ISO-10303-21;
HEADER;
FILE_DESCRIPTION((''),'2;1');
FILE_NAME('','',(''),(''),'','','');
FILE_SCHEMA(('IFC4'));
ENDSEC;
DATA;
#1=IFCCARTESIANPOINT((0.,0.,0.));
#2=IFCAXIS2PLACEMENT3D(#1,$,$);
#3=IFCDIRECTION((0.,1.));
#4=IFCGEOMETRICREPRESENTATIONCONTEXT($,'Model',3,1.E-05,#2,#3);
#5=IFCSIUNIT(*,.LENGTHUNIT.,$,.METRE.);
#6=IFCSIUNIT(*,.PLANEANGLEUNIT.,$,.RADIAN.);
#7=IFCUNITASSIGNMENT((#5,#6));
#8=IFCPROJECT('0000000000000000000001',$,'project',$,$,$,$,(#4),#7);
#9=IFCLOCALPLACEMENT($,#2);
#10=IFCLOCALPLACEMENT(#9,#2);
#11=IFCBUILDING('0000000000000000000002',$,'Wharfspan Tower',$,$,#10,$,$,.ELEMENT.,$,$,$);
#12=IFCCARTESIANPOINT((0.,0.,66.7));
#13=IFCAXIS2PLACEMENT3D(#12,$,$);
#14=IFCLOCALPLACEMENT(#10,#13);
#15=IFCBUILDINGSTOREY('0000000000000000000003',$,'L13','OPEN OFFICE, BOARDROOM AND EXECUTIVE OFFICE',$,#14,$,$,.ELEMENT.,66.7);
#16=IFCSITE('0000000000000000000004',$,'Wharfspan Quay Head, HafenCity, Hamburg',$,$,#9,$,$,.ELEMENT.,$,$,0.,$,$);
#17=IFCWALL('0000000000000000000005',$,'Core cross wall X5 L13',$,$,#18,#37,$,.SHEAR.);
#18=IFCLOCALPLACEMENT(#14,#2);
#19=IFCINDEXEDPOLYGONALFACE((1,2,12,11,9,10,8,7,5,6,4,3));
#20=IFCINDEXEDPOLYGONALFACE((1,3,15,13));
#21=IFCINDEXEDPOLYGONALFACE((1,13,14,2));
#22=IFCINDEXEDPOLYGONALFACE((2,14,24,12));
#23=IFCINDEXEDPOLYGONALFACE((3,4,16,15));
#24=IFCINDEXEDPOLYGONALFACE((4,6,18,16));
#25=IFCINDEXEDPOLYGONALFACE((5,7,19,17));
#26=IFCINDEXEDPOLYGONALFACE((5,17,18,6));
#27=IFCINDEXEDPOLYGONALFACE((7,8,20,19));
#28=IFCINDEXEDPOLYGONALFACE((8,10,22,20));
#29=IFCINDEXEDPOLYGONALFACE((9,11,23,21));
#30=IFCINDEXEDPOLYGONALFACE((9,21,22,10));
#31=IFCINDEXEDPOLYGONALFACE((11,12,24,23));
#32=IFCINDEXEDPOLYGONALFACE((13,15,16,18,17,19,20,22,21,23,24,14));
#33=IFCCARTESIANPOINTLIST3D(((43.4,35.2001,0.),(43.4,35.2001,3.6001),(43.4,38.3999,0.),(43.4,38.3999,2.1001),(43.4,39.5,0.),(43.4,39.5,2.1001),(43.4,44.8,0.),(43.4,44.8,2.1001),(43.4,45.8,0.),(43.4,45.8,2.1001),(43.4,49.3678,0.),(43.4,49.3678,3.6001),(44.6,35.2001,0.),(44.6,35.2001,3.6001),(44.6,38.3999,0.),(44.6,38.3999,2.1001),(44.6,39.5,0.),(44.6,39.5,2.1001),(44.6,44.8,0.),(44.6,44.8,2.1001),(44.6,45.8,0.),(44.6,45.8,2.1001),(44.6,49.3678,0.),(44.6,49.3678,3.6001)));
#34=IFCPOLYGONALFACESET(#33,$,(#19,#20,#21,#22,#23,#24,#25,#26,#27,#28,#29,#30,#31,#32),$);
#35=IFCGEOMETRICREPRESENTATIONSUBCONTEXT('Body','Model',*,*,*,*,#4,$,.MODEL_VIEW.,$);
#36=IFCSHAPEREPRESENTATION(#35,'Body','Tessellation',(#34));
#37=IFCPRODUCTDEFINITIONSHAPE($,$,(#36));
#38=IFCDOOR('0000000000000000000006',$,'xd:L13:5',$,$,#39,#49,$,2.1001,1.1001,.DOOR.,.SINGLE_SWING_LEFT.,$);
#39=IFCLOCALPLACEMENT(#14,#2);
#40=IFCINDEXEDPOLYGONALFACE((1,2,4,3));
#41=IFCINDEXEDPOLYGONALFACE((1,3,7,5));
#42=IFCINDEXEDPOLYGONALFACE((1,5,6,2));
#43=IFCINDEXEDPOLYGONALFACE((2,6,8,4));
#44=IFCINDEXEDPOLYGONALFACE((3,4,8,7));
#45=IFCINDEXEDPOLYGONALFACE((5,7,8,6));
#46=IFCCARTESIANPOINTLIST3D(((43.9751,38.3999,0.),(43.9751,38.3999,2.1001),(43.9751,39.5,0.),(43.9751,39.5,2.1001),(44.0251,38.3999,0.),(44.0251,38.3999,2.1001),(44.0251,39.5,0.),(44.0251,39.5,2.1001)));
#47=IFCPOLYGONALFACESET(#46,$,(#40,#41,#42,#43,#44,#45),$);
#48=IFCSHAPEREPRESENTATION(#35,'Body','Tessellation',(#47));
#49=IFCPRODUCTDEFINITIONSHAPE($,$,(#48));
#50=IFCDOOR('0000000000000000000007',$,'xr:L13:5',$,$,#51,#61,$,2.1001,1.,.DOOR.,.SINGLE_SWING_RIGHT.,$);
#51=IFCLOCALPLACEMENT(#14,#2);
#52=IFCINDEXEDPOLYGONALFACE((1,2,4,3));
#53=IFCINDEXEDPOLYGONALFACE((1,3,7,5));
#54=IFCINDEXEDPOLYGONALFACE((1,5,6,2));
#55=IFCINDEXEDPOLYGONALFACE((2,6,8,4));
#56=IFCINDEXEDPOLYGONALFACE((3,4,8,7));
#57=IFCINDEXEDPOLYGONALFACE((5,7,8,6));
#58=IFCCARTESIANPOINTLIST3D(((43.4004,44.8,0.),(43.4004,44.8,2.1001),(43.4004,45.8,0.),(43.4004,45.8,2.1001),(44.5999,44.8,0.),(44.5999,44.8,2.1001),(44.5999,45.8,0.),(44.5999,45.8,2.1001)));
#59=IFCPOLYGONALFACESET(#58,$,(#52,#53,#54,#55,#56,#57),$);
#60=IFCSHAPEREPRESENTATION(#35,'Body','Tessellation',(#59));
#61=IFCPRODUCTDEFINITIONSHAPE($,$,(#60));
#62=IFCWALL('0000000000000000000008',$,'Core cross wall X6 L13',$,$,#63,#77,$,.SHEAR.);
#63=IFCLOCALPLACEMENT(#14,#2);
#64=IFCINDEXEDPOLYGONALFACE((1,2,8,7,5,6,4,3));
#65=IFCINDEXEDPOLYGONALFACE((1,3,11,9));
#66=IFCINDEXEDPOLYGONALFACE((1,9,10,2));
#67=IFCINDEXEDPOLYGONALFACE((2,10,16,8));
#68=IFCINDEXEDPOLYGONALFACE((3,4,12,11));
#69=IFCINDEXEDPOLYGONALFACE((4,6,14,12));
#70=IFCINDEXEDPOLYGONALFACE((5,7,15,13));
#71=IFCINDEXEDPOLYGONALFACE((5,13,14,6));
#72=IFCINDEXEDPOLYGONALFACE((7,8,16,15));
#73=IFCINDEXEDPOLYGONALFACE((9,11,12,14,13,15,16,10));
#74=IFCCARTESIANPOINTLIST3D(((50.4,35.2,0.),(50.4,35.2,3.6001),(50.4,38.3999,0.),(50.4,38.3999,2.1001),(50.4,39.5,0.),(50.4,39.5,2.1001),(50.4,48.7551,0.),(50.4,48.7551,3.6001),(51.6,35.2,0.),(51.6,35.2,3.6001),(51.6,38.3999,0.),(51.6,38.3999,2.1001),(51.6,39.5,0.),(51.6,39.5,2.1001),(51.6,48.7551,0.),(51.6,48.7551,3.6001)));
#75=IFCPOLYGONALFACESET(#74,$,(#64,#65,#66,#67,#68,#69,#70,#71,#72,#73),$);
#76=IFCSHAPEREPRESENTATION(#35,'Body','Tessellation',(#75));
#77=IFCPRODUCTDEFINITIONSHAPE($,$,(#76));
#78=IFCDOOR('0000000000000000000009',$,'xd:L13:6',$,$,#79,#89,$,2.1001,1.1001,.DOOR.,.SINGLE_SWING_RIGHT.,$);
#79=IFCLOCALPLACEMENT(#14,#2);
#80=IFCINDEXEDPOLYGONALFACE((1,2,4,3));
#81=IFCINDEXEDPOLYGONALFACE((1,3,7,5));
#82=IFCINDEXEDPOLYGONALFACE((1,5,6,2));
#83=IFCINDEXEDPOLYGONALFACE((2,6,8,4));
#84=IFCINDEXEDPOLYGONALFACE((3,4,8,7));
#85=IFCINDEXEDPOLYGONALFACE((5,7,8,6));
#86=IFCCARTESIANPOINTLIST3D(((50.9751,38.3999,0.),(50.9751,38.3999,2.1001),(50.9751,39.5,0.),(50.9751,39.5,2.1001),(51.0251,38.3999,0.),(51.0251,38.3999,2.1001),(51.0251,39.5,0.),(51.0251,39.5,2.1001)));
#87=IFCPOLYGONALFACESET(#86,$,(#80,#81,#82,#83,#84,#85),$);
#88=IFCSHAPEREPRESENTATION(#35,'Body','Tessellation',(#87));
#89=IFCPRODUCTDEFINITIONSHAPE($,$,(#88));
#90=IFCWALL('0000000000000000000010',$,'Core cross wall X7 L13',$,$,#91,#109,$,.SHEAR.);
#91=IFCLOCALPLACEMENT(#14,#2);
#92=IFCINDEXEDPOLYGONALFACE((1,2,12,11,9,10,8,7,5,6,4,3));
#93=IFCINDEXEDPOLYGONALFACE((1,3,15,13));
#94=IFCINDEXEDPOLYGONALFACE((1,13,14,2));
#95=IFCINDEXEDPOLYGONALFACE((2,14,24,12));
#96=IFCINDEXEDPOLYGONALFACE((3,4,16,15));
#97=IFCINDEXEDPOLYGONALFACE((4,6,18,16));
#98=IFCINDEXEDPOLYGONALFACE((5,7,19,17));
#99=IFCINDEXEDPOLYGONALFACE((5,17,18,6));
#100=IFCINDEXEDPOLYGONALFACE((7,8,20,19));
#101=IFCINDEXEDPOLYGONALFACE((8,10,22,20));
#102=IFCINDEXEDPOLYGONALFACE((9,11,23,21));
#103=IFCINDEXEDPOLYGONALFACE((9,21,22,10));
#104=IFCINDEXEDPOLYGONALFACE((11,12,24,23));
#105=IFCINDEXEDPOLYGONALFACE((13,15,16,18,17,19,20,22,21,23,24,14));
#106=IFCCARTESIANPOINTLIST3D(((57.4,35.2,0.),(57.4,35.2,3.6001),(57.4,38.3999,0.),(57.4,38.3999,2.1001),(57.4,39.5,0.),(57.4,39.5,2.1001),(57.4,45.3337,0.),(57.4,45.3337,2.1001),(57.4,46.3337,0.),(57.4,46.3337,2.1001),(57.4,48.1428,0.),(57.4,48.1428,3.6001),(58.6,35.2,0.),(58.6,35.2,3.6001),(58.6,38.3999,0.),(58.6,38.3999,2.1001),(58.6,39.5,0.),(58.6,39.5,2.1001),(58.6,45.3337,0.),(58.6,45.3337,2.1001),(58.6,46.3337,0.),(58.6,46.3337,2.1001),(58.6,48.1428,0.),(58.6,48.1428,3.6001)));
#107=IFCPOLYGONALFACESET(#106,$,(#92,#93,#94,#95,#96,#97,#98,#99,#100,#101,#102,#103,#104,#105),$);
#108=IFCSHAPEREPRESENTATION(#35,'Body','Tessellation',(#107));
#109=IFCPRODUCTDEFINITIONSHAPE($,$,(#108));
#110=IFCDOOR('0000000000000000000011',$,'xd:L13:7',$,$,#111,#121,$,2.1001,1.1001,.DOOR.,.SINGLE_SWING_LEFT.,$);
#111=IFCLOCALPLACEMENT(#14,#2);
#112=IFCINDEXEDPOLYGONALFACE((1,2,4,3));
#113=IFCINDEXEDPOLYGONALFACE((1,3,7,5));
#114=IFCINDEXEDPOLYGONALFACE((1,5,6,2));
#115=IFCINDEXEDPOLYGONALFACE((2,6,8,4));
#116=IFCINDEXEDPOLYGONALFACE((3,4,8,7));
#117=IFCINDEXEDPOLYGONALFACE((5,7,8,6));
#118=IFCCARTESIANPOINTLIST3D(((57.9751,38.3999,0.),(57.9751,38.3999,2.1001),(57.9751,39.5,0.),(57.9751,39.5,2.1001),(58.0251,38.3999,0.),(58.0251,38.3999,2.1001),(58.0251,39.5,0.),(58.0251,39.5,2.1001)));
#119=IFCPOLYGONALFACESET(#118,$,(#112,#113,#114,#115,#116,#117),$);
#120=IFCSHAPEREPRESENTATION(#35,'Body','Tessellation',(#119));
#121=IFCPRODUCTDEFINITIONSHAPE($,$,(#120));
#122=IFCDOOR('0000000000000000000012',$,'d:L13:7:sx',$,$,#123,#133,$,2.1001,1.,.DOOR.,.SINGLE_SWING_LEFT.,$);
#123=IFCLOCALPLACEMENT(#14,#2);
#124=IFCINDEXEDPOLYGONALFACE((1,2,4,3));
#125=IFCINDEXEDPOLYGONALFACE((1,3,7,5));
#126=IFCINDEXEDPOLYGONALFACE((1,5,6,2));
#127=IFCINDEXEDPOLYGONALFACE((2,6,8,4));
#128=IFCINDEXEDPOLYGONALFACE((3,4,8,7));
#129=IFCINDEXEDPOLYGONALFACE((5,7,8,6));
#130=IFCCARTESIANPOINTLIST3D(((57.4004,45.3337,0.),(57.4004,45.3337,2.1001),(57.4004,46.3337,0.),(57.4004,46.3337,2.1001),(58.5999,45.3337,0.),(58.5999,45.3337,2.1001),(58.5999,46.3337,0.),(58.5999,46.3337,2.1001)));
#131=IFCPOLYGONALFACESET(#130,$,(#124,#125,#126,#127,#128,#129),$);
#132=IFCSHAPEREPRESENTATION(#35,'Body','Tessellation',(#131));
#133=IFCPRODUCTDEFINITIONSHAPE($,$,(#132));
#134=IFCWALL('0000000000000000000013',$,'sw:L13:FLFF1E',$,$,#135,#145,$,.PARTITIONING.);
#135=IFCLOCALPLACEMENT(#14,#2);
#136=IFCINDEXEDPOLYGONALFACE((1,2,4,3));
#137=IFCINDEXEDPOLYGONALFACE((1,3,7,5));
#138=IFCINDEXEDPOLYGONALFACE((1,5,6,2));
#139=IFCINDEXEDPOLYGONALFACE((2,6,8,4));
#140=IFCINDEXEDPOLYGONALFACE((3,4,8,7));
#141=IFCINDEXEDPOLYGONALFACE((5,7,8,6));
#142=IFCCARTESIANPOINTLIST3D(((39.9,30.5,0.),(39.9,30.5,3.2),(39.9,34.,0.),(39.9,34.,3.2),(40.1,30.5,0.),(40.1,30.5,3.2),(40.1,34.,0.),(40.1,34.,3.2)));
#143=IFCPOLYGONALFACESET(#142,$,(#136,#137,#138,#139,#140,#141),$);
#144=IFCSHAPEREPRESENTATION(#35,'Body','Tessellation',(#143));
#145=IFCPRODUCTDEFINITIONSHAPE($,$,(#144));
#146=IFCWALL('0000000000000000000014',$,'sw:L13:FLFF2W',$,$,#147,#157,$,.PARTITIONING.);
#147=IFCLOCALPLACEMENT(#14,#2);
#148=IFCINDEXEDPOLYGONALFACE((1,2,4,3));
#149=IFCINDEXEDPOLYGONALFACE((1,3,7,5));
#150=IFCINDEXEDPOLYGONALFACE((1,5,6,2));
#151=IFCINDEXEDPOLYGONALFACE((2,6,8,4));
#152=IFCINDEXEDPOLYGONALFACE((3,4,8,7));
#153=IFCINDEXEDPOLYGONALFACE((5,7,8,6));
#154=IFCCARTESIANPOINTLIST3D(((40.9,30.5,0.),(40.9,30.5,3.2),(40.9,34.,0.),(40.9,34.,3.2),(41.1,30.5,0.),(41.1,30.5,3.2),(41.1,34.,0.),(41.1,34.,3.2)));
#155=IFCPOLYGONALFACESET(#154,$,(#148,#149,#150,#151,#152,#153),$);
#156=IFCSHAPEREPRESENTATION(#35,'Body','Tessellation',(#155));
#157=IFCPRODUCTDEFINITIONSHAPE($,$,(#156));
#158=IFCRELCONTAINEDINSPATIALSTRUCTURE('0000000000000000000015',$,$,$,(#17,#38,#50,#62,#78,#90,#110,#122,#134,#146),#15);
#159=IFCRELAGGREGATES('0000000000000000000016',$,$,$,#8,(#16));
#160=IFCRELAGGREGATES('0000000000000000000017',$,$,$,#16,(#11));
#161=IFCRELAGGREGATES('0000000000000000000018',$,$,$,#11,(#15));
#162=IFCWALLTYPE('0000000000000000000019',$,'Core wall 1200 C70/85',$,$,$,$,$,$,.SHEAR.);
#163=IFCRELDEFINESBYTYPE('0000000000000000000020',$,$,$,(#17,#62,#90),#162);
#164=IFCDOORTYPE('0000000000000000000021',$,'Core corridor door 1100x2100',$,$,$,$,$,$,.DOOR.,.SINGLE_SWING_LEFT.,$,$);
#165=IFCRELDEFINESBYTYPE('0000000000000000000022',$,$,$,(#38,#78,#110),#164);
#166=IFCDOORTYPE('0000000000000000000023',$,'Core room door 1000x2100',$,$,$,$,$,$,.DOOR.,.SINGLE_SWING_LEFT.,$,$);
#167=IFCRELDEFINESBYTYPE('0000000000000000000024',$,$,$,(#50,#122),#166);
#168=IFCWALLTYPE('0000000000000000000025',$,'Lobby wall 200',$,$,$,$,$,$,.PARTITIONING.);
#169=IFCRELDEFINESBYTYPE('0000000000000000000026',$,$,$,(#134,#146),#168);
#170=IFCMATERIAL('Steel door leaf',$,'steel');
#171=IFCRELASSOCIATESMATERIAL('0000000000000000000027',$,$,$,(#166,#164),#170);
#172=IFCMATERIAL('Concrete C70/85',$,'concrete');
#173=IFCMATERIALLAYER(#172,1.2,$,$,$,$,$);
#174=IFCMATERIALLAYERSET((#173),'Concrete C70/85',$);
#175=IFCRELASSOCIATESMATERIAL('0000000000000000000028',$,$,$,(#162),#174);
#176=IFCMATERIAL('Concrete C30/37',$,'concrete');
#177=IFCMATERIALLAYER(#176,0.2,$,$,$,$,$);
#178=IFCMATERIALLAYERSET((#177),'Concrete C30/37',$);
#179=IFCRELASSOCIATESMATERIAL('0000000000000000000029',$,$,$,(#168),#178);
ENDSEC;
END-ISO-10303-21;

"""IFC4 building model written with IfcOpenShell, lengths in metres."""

from ifc_helpers import new_model, si_unit, direction, frame, frame_2d, origin, place, context, subcontext, project, spatial, rectangle, extrude, material, layer, layer_set, type_object, element, fill, save


model = new_model("IFC4")

# Units and contexts
model_context = context("Model", 3, precision=1e-05, world=origin(), true_north=direction((0.0, 1.0)))
body_context = subcontext(model_context, "Body", "Model", "MODEL_VIEW")
ifc_project = project(units=[si_unit("LENGTHUNIT", "METRE"), si_unit("PLANEANGLEUNIT", "RADIAN")], contexts=[model_context])

# Site, building, storey
site_placement = place(None, origin())
site = spatial("IfcSite", under=ifc_project, at=site_placement, Name="Wharfspan Quay Head, HafenCity, Hamburg", CompositionType="ELEMENT", RefElevation=0.0)
building_placement = place(site_placement, origin())
building = spatial("IfcBuilding", under=site, at=building_placement, Name="Wharfspan Tower", CompositionType="ELEMENT")
storey_placement = place(building_placement, frame((0.0, 0.0, 66.7)))
storey = spatial("IfcBuildingStorey", under=building, at=storey_placement, Name="L13", Description="OPEN OFFICE, BOARDROOM AND EXECUTIVE OFFICE", CompositionType="ELEMENT", Elevation=66.7)

# Shared definitions
ifc_material_1 = material(Name="Steel door leaf", Category="steel")
door_type_1 = type_object("IfcDoorType", Name="Core room door 1000x2100", OperationType="SINGLE_SWING_LEFT", PredefinedType="DOOR", material=ifc_material_1)

# Wall, openings, doors
ifc_material_2 = material(Name="Concrete C70/85", Category="concrete")
ifc_layer_1 = layer(ifc_material_2, 1.2)
ifc_layer_set_1 = layer_set([ifc_layer_1], Name="Concrete C70/85")
wall_type_1 = type_object("IfcWallType", Name="Core wall 1200 C70/85", PredefinedType="SHEAR", material=ifc_layer_set_1)
wall_1_placement = place(storey_placement, frame((44.0, 35.2, 0.0), z_axis=(0.0, 0.0, 1.0), x_axis=(0.0, 1.0, 0.0)))
wall_1 = element("IfcWall", 1, at=wall_1_placement, inside=storey, type_object=wall_type_1, Name="Core cross wall X5 L13", PredefinedType="SHEAR", context=body_context, shape_type="SweptSolid", body=[
    extrude(rectangle(XDim=14.1677, YDim=1.2, at=frame_2d((7.084, 0.0))), origin(), (0.0, 0.0, 1.0), 3.6001),
])
opening_1_placement = place(wall_1_placement, frame((3.2, 0.0, 0.0)))
opening_1 = element("IfcOpeningElement", 2, at=opening_1_placement, cuts=wall_1, PredefinedType="OPENING", context=body_context, shape_type="SweptSolid", body=[
    extrude(rectangle(XDim=1.1001, YDim=2.1001, at=frame_2d((0.55, 1.05))), frame((0.0, 0.6099, 0.0), z_axis=(0.0, -1.0, 0.0), x_axis=(1.0, 0.0, 0.0)), (0.0, 0.0, 1.0), 1.22),
])
opening_2_placement = place(wall_1_placement, frame((9.6001, 0.0, 0.0)))
opening_2 = element("IfcOpeningElement", 3, at=opening_2_placement, cuts=wall_1, PredefinedType="OPENING", context=body_context, shape_type="SweptSolid", body=[
    extrude(rectangle(XDim=1.0, YDim=2.1001, at=frame_2d((0.5, 1.05))), frame((0.0, 0.6099, 0.0), z_axis=(0.0, -1.0, 0.0), x_axis=(1.0, 0.0, 0.0)), (0.0, 0.0, 1.0), 1.22),
])
door_type_2 = type_object("IfcDoorType", Name="Core corridor door 1100x2100", OperationType="SINGLE_SWING_LEFT", PredefinedType="DOOR", material=ifc_material_1)
door_1_placement = place(opening_1_placement, origin())
door_1 = element("IfcDoor", 4, at=door_1_placement, inside=storey, type_object=door_type_2, Name="xd:L13:5", OperationType="SINGLE_SWING_LEFT", OverallHeight=2.1001, OverallWidth=1.1001, PredefinedType="DOOR", context=body_context, shape_type="SweptSolid", body=[
    extrude(rectangle(XDim=1.1001, YDim=2.1001, at=frame_2d((0.55, 1.05))), frame((0.0, 0.0249, 0.0), z_axis=(0.0, -1.0, 0.0), x_axis=(1.0, 0.0, 0.0)), (0.0, 0.0, 1.0), 0.05),
])
fill(opening_1, door_1)
door_2_placement = place(opening_2_placement, origin())
door_2 = element("IfcDoor", 5, at=door_2_placement, inside=storey, type_object=door_type_1, Name="xr:L13:5", OperationType="SINGLE_SWING_RIGHT", OverallHeight=2.1001, OverallWidth=1.0, PredefinedType="DOOR", context=body_context, shape_type="SweptSolid", body=[
    extrude(rectangle(XDim=1.0, YDim=2.1001, at=frame_2d((0.5, 1.05))), frame((0.0, 0.5996, 0.0), z_axis=(0.0, -1.0, 0.0), x_axis=(1.0, 0.0, 0.0)), (0.0, 0.0, 1.0), 1.1995),
])
fill(opening_2, door_2)

# Wall, opening, door
wall_2_placement = place(storey_placement, frame((51.0, 35.2, 0.0), z_axis=(0.0, 0.0, 1.0), x_axis=(0.0, 1.0, 0.0)))
wall_2 = element("IfcWall", 6, at=wall_2_placement, inside=storey, type_object=wall_type_1, Name="Core cross wall X6 L13", PredefinedType="SHEAR", context=body_context, shape_type="SweptSolid", body=[
    extrude(rectangle(XDim=13.5552, YDim=1.2, at=frame_2d((6.7776, 0.0))), origin(), (0.0, 0.0, 1.0), 3.6001),
])
opening_3_placement = place(wall_2_placement, frame((3.2, 0.0, 0.0)))
opening_3 = element("IfcOpeningElement", 7, at=opening_3_placement, cuts=wall_2, PredefinedType="OPENING", context=body_context, shape_type="SweptSolid", body=[
    extrude(rectangle(XDim=1.1001, YDim=2.1001, at=frame_2d((0.55, 1.05))), frame((0.0, 0.6099, 0.0), z_axis=(0.0, -1.0, 0.0), x_axis=(1.0, 0.0, 0.0)), (0.0, 0.0, 1.0), 1.22),
])
door_3_placement = place(opening_3_placement, origin())
door_3 = element("IfcDoor", 8, at=door_3_placement, inside=storey, type_object=door_type_2, Name="xd:L13:6", OperationType="SINGLE_SWING_RIGHT", OverallHeight=2.1001, OverallWidth=1.1001, PredefinedType="DOOR", context=body_context, shape_type="SweptSolid", body=[
    extrude(rectangle(XDim=1.1001, YDim=2.1001, at=frame_2d((0.55, 1.05))), frame((0.0, 0.0249, 0.0), z_axis=(0.0, -1.0, 0.0), x_axis=(1.0, 0.0, 0.0)), (0.0, 0.0, 1.0), 0.05),
])
fill(opening_3, door_3)

# Wall, openings, doors
wall_3_placement = place(storey_placement, frame((58.0, 35.2, 0.0), z_axis=(0.0, 0.0, 1.0), x_axis=(0.0, 1.0, 0.0)))
wall_3 = element("IfcWall", 9, at=wall_3_placement, inside=storey, type_object=wall_type_1, Name="Core cross wall X7 L13", PredefinedType="SHEAR", context=body_context, shape_type="SweptSolid", body=[
    extrude(rectangle(XDim=12.9429, YDim=1.2, at=frame_2d((6.4714, 0.0))), origin(), (0.0, 0.0, 1.0), 3.6001),
])
opening_4_placement = place(wall_3_placement, frame((10.1338, 0.0, 0.0)))
opening_4 = element("IfcOpeningElement", 10, at=opening_4_placement, cuts=wall_3, PredefinedType="OPENING", context=body_context, shape_type="SweptSolid", body=[
    extrude(rectangle(XDim=1.0, YDim=2.1001, at=frame_2d((0.5, 1.05))), frame((0.0, 0.6099, 0.0), z_axis=(0.0, -1.0, 0.0), x_axis=(1.0, 0.0, 0.0)), (0.0, 0.0, 1.0), 1.22),
])
opening_5_placement = place(wall_3_placement, frame((3.2, 0.0, 0.0)))
opening_5 = element("IfcOpeningElement", 11, at=opening_5_placement, cuts=wall_3, PredefinedType="OPENING", context=body_context, shape_type="SweptSolid", body=[
    extrude(rectangle(XDim=1.1001, YDim=2.1001, at=frame_2d((0.55, 1.05))), frame((0.0, 0.6099, 0.0), z_axis=(0.0, -1.0, 0.0), x_axis=(1.0, 0.0, 0.0)), (0.0, 0.0, 1.0), 1.22),
])
door_4_placement = place(opening_5_placement, origin())
door_4 = element("IfcDoor", 12, at=door_4_placement, inside=storey, type_object=door_type_2, Name="xd:L13:7", OperationType="SINGLE_SWING_LEFT", OverallHeight=2.1001, OverallWidth=1.1001, PredefinedType="DOOR", context=body_context, shape_type="SweptSolid", body=[
    extrude(rectangle(XDim=1.1001, YDim=2.1001, at=frame_2d((0.55, 1.05))), frame((0.0, 0.0249, 0.0), z_axis=(0.0, -1.0, 0.0), x_axis=(1.0, 0.0, 0.0)), (0.0, 0.0, 1.0), 0.05),
])
fill(opening_5, door_4)
door_5_placement = place(opening_4_placement, origin())
door_5 = element("IfcDoor", 13, at=door_5_placement, inside=storey, type_object=door_type_1, Name="d:L13:7:sx", OperationType="SINGLE_SWING_LEFT", OverallHeight=2.1001, OverallWidth=1.0, PredefinedType="DOOR", context=body_context, shape_type="SweptSolid", body=[
    extrude(rectangle(XDim=1.0, YDim=2.1001, at=frame_2d((0.5, 1.05))), frame((0.0, 0.5996, 0.0), z_axis=(0.0, -1.0, 0.0), x_axis=(1.0, 0.0, 0.0)), (0.0, 0.0, 1.0), 1.1995),
])
fill(opening_4, door_5)

# Walls
ifc_material_3 = material(Name="Concrete C30/37", Category="concrete")
ifc_layer_2 = layer(ifc_material_3, 0.2)
ifc_layer_set_2 = layer_set([ifc_layer_2], Name="Concrete C30/37")
wall_type_2 = type_object("IfcWallType", Name="Lobby wall 200", PredefinedType="PARTITIONING", material=ifc_layer_set_2)
for number, where, z_axis, x_axis, name in (
    (14, (40.0, 30.5, 0.0), (0.0, 0.0, 1.0), (0.0, 1.0, 0.0), "sw:L13:FLFF1E"),
    (15, (41.0, 30.5, 0.0), (0.0, 0.0, 1.0), (0.0, 1.0, 0.0), "sw:L13:FLFF2W"),
):
    element("IfcWall", number, at=place(storey_placement, frame(where, z_axis=z_axis, x_axis=x_axis)), inside=storey, type_object=wall_type_2, Name=name, PredefinedType="PARTITIONING", context=body_context, shape_type="SweptSolid", body=[
        extrude(rectangle(XDim=3.5, YDim=0.2, at=frame_2d((1.75, 0.0))), origin(), (0.0, 0.0, 1.0), 3.2),
    ])

save(model, "model.ifc")
